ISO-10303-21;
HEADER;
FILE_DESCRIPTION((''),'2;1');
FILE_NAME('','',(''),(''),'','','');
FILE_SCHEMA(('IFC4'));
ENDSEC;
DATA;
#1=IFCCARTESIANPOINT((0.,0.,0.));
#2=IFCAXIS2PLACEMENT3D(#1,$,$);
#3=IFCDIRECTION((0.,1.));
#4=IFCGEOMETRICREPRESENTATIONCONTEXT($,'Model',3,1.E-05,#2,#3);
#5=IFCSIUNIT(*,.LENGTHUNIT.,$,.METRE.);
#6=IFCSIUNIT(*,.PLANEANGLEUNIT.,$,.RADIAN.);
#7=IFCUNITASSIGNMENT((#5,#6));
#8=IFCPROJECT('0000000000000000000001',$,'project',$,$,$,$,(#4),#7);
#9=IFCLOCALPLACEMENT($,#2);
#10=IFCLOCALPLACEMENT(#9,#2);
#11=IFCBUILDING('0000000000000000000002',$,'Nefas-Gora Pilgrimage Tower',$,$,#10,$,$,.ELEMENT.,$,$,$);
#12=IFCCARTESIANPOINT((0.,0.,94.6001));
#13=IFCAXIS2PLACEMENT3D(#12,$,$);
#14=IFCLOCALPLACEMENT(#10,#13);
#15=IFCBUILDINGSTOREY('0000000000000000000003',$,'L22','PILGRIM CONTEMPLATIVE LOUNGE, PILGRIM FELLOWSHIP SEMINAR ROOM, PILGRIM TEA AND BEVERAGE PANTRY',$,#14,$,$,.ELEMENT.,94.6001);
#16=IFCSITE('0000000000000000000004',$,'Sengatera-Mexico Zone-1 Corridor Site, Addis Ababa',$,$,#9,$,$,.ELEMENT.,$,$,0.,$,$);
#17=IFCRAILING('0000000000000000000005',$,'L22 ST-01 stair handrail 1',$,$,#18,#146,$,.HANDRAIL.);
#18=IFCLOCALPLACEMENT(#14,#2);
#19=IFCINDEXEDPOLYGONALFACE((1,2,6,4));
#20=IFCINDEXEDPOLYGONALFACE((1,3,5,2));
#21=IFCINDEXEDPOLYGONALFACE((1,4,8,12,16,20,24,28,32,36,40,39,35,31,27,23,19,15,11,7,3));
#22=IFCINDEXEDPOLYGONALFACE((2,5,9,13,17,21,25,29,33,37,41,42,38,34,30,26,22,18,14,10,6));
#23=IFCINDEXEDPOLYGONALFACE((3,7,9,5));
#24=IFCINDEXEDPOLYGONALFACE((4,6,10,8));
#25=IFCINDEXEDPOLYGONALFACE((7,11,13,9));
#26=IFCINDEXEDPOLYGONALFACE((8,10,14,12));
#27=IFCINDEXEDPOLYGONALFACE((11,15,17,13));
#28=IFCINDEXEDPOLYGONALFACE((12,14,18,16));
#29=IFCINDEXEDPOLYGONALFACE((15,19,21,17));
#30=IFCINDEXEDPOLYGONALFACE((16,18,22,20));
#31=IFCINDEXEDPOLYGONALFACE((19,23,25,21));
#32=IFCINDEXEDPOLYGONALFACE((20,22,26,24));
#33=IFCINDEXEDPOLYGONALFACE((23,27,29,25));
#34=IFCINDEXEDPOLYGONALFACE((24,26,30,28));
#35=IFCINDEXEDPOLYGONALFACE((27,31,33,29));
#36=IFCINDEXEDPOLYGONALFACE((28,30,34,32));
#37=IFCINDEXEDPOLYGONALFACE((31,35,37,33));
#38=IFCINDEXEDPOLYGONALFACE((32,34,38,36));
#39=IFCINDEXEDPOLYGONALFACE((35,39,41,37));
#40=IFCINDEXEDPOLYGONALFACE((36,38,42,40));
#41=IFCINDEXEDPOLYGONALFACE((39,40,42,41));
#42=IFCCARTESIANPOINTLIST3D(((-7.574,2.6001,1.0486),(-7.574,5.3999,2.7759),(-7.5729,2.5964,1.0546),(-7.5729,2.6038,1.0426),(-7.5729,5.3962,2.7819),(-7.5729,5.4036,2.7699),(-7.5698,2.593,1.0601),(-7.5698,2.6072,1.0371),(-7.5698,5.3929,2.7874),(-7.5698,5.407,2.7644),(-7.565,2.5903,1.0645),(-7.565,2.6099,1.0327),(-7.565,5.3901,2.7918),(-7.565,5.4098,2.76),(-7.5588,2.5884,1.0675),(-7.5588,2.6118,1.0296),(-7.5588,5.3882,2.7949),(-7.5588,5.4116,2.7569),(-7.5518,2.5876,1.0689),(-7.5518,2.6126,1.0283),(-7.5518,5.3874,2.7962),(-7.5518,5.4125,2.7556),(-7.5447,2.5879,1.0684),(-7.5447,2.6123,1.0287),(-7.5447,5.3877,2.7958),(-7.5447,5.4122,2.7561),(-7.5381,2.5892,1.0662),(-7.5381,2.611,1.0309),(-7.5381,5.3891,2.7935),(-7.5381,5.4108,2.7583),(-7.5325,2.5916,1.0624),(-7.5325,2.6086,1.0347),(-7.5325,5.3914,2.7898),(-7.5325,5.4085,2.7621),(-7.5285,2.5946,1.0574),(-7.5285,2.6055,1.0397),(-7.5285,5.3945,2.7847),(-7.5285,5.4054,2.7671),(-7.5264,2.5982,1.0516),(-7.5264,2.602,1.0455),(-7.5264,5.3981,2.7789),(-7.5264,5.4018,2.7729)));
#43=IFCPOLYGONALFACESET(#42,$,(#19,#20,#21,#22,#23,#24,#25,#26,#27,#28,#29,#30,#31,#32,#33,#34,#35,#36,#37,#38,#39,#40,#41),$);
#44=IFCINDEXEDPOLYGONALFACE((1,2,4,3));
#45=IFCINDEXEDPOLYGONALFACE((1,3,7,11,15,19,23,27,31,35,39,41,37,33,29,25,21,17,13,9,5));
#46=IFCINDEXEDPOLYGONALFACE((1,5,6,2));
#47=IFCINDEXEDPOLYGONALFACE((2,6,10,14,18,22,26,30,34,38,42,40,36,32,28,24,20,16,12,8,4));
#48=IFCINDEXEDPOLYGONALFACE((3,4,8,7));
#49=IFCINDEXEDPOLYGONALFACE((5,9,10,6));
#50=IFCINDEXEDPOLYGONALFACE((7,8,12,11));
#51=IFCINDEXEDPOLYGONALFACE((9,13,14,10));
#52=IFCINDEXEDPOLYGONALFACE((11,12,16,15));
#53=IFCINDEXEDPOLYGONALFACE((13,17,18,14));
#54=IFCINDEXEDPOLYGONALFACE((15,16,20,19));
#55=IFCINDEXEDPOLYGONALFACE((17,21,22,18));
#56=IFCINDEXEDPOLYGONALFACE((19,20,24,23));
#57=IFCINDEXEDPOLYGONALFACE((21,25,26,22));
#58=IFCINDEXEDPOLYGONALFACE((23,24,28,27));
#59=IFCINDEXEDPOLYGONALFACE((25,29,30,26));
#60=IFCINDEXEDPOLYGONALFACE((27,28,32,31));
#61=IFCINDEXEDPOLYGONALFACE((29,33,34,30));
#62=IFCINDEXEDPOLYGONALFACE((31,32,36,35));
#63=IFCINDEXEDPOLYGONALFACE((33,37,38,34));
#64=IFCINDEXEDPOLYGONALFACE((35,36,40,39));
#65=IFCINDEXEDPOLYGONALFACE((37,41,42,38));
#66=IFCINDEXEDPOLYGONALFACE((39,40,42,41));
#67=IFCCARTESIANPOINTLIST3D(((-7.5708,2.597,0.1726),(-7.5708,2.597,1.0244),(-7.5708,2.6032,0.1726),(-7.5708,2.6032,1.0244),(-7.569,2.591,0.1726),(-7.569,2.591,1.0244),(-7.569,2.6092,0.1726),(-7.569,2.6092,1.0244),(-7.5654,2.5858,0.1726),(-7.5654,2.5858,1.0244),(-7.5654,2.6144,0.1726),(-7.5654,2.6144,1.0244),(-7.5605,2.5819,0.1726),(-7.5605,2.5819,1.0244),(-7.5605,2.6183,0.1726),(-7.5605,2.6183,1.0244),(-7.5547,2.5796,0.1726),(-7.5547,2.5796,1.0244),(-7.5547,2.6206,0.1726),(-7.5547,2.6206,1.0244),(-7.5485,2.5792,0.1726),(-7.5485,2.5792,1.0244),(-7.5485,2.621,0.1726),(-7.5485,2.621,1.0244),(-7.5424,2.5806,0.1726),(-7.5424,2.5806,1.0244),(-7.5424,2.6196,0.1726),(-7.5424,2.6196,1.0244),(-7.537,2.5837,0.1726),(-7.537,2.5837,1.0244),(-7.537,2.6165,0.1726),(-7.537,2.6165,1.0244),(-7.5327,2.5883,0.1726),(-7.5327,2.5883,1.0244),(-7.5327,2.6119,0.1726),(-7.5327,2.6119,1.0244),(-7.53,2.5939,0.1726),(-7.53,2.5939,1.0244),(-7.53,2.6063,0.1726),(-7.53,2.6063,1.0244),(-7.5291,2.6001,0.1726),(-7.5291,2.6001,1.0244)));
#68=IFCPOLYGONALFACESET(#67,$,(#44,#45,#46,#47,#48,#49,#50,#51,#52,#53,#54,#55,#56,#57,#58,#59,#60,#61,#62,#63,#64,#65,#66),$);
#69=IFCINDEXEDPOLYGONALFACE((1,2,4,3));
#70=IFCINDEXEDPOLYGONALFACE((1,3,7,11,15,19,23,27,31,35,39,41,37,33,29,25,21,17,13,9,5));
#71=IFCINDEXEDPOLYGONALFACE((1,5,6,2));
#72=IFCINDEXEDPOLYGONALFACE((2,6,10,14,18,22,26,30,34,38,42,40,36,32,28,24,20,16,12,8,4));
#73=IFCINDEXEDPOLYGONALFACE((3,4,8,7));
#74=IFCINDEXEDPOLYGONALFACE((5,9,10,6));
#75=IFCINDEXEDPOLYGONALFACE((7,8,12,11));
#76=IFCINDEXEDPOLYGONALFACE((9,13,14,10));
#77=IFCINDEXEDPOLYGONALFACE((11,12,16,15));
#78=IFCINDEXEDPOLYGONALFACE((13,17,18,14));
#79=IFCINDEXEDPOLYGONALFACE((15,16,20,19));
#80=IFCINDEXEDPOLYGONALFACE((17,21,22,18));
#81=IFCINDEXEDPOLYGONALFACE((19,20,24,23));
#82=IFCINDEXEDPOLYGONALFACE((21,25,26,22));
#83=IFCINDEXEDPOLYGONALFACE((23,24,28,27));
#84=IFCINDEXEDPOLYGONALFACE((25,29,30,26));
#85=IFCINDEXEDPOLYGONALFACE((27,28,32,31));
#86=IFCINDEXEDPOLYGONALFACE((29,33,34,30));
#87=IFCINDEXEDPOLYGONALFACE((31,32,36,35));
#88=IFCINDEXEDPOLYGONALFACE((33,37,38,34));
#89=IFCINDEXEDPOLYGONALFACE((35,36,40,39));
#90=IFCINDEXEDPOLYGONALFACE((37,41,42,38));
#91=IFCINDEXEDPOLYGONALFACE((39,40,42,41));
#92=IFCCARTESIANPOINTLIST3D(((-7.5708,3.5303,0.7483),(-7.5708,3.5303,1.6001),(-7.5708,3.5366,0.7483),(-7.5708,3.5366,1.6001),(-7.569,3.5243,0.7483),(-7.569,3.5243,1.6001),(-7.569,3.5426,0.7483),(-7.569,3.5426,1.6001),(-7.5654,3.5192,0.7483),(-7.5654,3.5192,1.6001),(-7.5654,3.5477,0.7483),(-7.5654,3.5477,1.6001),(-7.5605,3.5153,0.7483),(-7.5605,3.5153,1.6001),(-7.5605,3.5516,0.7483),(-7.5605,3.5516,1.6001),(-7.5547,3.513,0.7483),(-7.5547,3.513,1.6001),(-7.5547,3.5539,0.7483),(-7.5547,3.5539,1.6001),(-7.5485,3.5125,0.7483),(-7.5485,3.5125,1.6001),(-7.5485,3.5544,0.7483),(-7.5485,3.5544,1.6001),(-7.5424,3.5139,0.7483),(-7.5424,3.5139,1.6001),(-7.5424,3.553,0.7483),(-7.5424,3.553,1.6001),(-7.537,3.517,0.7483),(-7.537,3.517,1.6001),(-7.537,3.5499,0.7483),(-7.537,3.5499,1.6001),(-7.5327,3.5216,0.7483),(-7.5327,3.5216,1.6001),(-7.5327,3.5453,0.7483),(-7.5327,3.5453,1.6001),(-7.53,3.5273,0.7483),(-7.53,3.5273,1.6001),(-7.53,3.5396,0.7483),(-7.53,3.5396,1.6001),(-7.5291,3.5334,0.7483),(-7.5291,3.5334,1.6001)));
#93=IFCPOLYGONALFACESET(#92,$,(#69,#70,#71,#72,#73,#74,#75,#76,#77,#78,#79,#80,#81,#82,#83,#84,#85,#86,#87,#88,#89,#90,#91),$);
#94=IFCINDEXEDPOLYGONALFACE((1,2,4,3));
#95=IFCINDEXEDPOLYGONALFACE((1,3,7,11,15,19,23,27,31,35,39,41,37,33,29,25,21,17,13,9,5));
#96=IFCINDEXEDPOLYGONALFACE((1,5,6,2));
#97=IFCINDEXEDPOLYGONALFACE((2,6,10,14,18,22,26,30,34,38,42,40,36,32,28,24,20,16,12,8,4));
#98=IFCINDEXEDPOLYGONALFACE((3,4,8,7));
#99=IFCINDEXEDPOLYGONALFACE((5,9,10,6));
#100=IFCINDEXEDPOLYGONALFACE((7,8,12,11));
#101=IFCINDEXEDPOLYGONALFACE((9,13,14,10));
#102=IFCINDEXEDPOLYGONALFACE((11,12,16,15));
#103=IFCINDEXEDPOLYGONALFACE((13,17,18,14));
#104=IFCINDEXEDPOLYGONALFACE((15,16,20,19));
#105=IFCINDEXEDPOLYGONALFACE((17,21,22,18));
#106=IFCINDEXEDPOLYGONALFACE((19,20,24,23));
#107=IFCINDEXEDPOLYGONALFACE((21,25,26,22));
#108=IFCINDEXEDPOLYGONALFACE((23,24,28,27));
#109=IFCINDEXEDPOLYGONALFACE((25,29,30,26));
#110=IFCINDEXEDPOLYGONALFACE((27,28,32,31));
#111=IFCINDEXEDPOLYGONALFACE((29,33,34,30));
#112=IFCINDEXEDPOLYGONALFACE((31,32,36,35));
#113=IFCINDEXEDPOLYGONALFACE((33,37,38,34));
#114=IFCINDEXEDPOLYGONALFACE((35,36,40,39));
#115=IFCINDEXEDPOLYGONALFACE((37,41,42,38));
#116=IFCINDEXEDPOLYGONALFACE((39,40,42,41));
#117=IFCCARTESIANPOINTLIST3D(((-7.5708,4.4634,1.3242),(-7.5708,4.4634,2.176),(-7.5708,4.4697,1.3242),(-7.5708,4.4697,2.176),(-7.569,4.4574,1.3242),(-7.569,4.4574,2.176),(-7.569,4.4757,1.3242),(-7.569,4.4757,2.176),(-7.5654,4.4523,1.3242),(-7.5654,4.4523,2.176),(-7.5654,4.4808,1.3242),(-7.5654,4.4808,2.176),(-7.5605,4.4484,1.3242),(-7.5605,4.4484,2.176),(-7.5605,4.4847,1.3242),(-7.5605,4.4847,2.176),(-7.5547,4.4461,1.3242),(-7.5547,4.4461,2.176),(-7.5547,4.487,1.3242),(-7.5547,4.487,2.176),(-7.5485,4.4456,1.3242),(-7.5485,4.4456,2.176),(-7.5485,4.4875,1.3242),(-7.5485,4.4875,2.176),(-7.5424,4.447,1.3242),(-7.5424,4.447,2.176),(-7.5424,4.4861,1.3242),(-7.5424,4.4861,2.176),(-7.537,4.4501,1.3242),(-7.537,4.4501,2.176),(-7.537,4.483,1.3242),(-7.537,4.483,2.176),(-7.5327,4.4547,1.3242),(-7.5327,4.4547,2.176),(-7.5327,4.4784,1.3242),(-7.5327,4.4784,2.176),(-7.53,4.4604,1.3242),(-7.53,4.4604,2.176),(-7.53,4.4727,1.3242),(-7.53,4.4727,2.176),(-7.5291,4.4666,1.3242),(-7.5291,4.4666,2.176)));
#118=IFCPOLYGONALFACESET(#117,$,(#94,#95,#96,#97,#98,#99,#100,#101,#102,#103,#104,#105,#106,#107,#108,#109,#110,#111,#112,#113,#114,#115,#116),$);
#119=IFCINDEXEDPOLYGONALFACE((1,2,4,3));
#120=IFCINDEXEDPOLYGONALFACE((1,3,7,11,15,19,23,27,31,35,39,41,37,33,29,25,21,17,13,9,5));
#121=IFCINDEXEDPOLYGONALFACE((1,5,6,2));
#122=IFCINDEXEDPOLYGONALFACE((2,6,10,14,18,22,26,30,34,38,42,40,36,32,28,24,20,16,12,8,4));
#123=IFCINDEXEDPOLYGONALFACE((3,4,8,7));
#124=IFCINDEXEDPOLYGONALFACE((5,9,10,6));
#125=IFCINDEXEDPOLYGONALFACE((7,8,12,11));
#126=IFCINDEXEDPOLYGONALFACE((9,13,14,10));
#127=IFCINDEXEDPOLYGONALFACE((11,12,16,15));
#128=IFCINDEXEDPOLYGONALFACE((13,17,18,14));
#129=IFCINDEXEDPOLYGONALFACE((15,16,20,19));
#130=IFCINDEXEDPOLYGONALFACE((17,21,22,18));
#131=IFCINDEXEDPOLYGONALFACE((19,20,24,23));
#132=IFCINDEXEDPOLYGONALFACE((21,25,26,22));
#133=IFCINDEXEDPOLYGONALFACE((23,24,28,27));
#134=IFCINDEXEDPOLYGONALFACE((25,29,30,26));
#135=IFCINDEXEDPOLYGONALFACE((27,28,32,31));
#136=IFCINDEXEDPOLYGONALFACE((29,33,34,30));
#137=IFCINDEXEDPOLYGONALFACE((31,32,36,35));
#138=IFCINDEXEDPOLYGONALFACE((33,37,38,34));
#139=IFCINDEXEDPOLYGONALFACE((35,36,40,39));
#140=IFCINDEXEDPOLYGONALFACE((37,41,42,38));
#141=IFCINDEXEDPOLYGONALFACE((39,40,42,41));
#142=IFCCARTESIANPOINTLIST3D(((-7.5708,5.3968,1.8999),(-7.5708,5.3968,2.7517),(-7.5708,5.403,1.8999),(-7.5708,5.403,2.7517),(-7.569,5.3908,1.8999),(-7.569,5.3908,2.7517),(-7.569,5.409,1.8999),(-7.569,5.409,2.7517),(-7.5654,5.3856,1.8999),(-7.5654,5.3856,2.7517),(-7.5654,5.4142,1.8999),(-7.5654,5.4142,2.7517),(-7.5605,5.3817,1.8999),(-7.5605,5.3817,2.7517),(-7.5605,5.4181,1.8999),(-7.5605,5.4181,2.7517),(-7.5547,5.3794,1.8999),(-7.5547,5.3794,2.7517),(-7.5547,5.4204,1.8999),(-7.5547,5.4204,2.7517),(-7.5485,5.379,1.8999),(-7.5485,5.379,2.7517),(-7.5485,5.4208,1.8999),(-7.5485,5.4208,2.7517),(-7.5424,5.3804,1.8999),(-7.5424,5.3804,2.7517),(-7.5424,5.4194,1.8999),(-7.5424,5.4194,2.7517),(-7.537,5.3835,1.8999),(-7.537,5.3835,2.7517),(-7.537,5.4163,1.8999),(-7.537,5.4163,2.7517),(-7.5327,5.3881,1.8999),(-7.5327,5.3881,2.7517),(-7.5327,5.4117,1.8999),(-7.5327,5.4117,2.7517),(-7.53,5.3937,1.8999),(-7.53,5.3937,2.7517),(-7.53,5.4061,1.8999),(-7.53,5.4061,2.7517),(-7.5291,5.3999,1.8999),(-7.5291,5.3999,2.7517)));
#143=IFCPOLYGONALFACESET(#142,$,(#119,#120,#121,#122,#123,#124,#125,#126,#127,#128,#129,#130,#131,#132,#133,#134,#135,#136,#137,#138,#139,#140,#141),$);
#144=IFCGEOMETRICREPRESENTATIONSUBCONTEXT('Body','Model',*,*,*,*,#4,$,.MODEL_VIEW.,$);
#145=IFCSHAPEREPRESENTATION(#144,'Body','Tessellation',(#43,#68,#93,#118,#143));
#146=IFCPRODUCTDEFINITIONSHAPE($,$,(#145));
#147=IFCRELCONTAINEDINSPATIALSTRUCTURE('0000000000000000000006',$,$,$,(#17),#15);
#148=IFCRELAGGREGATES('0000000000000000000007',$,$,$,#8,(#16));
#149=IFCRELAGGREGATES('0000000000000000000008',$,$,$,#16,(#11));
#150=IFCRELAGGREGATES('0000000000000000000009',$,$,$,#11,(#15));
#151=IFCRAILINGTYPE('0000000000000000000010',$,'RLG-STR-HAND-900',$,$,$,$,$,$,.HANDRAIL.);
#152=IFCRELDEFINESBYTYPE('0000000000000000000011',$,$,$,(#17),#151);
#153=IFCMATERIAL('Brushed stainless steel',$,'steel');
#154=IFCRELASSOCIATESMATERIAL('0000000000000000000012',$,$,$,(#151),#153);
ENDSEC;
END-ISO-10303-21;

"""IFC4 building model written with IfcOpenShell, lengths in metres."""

from ifc_helpers import new_model, si_unit, direction, frame, origin, origin_2d, place, context, subcontext, project, spatial, circle, extrude, material, type_object, element, save


model = new_model("IFC4")

# Units and contexts
model_context = context("Model", 3, precision=1e-05, world=origin(), true_north=direction((0.0, 1.0)))
body_context = subcontext(model_context, "Body", "Model", "MODEL_VIEW")
ifc_project = project(units=[si_unit("LENGTHUNIT", "METRE"), si_unit("PLANEANGLEUNIT", "RADIAN")], contexts=[model_context])

# Site, building, storey
site_placement = place(None, origin())
site = spatial("IfcSite", under=ifc_project, at=site_placement, Name="Sengatera-Mexico Zone-1 Corridor Site, Addis Ababa", CompositionType="ELEMENT", RefElevation=0.0)
building_placement = place(site_placement, origin())
building = spatial("IfcBuilding", under=site, at=building_placement, Name="Nefas-Gora Pilgrimage Tower", CompositionType="ELEMENT")
storey_placement = place(building_placement, frame((0.0, 0.0, 94.6001)))
storey = spatial("IfcBuildingStorey", under=building, at=storey_placement, Name="L22", Description="PILGRIM CONTEMPLATIVE LOUNGE, PILGRIM FELLOWSHIP SEMINAR ROOM, PILGRIM TEA AND BEVERAGE PANTRY", CompositionType="ELEMENT", Elevation=94.6001)

# Railing
ifc_material_1 = material(Name="Brushed stainless steel", Category="steel")
railing_type_1 = type_object("IfcRailingType", Name="RLG-STR-HAND-900", PredefinedType="HANDRAIL", material=ifc_material_1)
railing_1_placement = place(storey_placement, frame((-7.55, 2.6001, 0.1726)))
element("IfcRailing", 1, at=railing_1_placement, inside=storey, type_object=railing_type_1, Name="L22 ST-01 stair handrail 1", PredefinedType="HANDRAIL", context=body_context, shape_type="SweptSolid", body=[
    extrude(circle(Radius=0.0239, at=origin_2d()), frame((0.0, 0.0, 0.876), z_axis=(0.0, 0.851069, 0.525054), x_axis=(-1.0, 0.0, 0.0)), (0.0, 0.0, 1.0), 3.2898),
    extrude(circle(Radius=0.021, at=origin_2d()), origin(), (0.0, 0.0, 1.0), 0.8518),
    extrude(circle(Radius=0.021, at=origin_2d()), frame((0.0, 0.9333, 0.5757)), (0.0, 0.0, 1.0), 0.8518),
    extrude(circle(Radius=0.021, at=origin_2d()), frame((0.0, 1.8665, 1.1516)), (0.0, 0.0, 1.0), 0.8518),
    extrude(circle(Radius=0.021, at=origin_2d()), frame((0.0, 2.7998, 1.7273)), (0.0, 0.0, 1.0), 0.8518),
])

save(model, "model.ifc")
